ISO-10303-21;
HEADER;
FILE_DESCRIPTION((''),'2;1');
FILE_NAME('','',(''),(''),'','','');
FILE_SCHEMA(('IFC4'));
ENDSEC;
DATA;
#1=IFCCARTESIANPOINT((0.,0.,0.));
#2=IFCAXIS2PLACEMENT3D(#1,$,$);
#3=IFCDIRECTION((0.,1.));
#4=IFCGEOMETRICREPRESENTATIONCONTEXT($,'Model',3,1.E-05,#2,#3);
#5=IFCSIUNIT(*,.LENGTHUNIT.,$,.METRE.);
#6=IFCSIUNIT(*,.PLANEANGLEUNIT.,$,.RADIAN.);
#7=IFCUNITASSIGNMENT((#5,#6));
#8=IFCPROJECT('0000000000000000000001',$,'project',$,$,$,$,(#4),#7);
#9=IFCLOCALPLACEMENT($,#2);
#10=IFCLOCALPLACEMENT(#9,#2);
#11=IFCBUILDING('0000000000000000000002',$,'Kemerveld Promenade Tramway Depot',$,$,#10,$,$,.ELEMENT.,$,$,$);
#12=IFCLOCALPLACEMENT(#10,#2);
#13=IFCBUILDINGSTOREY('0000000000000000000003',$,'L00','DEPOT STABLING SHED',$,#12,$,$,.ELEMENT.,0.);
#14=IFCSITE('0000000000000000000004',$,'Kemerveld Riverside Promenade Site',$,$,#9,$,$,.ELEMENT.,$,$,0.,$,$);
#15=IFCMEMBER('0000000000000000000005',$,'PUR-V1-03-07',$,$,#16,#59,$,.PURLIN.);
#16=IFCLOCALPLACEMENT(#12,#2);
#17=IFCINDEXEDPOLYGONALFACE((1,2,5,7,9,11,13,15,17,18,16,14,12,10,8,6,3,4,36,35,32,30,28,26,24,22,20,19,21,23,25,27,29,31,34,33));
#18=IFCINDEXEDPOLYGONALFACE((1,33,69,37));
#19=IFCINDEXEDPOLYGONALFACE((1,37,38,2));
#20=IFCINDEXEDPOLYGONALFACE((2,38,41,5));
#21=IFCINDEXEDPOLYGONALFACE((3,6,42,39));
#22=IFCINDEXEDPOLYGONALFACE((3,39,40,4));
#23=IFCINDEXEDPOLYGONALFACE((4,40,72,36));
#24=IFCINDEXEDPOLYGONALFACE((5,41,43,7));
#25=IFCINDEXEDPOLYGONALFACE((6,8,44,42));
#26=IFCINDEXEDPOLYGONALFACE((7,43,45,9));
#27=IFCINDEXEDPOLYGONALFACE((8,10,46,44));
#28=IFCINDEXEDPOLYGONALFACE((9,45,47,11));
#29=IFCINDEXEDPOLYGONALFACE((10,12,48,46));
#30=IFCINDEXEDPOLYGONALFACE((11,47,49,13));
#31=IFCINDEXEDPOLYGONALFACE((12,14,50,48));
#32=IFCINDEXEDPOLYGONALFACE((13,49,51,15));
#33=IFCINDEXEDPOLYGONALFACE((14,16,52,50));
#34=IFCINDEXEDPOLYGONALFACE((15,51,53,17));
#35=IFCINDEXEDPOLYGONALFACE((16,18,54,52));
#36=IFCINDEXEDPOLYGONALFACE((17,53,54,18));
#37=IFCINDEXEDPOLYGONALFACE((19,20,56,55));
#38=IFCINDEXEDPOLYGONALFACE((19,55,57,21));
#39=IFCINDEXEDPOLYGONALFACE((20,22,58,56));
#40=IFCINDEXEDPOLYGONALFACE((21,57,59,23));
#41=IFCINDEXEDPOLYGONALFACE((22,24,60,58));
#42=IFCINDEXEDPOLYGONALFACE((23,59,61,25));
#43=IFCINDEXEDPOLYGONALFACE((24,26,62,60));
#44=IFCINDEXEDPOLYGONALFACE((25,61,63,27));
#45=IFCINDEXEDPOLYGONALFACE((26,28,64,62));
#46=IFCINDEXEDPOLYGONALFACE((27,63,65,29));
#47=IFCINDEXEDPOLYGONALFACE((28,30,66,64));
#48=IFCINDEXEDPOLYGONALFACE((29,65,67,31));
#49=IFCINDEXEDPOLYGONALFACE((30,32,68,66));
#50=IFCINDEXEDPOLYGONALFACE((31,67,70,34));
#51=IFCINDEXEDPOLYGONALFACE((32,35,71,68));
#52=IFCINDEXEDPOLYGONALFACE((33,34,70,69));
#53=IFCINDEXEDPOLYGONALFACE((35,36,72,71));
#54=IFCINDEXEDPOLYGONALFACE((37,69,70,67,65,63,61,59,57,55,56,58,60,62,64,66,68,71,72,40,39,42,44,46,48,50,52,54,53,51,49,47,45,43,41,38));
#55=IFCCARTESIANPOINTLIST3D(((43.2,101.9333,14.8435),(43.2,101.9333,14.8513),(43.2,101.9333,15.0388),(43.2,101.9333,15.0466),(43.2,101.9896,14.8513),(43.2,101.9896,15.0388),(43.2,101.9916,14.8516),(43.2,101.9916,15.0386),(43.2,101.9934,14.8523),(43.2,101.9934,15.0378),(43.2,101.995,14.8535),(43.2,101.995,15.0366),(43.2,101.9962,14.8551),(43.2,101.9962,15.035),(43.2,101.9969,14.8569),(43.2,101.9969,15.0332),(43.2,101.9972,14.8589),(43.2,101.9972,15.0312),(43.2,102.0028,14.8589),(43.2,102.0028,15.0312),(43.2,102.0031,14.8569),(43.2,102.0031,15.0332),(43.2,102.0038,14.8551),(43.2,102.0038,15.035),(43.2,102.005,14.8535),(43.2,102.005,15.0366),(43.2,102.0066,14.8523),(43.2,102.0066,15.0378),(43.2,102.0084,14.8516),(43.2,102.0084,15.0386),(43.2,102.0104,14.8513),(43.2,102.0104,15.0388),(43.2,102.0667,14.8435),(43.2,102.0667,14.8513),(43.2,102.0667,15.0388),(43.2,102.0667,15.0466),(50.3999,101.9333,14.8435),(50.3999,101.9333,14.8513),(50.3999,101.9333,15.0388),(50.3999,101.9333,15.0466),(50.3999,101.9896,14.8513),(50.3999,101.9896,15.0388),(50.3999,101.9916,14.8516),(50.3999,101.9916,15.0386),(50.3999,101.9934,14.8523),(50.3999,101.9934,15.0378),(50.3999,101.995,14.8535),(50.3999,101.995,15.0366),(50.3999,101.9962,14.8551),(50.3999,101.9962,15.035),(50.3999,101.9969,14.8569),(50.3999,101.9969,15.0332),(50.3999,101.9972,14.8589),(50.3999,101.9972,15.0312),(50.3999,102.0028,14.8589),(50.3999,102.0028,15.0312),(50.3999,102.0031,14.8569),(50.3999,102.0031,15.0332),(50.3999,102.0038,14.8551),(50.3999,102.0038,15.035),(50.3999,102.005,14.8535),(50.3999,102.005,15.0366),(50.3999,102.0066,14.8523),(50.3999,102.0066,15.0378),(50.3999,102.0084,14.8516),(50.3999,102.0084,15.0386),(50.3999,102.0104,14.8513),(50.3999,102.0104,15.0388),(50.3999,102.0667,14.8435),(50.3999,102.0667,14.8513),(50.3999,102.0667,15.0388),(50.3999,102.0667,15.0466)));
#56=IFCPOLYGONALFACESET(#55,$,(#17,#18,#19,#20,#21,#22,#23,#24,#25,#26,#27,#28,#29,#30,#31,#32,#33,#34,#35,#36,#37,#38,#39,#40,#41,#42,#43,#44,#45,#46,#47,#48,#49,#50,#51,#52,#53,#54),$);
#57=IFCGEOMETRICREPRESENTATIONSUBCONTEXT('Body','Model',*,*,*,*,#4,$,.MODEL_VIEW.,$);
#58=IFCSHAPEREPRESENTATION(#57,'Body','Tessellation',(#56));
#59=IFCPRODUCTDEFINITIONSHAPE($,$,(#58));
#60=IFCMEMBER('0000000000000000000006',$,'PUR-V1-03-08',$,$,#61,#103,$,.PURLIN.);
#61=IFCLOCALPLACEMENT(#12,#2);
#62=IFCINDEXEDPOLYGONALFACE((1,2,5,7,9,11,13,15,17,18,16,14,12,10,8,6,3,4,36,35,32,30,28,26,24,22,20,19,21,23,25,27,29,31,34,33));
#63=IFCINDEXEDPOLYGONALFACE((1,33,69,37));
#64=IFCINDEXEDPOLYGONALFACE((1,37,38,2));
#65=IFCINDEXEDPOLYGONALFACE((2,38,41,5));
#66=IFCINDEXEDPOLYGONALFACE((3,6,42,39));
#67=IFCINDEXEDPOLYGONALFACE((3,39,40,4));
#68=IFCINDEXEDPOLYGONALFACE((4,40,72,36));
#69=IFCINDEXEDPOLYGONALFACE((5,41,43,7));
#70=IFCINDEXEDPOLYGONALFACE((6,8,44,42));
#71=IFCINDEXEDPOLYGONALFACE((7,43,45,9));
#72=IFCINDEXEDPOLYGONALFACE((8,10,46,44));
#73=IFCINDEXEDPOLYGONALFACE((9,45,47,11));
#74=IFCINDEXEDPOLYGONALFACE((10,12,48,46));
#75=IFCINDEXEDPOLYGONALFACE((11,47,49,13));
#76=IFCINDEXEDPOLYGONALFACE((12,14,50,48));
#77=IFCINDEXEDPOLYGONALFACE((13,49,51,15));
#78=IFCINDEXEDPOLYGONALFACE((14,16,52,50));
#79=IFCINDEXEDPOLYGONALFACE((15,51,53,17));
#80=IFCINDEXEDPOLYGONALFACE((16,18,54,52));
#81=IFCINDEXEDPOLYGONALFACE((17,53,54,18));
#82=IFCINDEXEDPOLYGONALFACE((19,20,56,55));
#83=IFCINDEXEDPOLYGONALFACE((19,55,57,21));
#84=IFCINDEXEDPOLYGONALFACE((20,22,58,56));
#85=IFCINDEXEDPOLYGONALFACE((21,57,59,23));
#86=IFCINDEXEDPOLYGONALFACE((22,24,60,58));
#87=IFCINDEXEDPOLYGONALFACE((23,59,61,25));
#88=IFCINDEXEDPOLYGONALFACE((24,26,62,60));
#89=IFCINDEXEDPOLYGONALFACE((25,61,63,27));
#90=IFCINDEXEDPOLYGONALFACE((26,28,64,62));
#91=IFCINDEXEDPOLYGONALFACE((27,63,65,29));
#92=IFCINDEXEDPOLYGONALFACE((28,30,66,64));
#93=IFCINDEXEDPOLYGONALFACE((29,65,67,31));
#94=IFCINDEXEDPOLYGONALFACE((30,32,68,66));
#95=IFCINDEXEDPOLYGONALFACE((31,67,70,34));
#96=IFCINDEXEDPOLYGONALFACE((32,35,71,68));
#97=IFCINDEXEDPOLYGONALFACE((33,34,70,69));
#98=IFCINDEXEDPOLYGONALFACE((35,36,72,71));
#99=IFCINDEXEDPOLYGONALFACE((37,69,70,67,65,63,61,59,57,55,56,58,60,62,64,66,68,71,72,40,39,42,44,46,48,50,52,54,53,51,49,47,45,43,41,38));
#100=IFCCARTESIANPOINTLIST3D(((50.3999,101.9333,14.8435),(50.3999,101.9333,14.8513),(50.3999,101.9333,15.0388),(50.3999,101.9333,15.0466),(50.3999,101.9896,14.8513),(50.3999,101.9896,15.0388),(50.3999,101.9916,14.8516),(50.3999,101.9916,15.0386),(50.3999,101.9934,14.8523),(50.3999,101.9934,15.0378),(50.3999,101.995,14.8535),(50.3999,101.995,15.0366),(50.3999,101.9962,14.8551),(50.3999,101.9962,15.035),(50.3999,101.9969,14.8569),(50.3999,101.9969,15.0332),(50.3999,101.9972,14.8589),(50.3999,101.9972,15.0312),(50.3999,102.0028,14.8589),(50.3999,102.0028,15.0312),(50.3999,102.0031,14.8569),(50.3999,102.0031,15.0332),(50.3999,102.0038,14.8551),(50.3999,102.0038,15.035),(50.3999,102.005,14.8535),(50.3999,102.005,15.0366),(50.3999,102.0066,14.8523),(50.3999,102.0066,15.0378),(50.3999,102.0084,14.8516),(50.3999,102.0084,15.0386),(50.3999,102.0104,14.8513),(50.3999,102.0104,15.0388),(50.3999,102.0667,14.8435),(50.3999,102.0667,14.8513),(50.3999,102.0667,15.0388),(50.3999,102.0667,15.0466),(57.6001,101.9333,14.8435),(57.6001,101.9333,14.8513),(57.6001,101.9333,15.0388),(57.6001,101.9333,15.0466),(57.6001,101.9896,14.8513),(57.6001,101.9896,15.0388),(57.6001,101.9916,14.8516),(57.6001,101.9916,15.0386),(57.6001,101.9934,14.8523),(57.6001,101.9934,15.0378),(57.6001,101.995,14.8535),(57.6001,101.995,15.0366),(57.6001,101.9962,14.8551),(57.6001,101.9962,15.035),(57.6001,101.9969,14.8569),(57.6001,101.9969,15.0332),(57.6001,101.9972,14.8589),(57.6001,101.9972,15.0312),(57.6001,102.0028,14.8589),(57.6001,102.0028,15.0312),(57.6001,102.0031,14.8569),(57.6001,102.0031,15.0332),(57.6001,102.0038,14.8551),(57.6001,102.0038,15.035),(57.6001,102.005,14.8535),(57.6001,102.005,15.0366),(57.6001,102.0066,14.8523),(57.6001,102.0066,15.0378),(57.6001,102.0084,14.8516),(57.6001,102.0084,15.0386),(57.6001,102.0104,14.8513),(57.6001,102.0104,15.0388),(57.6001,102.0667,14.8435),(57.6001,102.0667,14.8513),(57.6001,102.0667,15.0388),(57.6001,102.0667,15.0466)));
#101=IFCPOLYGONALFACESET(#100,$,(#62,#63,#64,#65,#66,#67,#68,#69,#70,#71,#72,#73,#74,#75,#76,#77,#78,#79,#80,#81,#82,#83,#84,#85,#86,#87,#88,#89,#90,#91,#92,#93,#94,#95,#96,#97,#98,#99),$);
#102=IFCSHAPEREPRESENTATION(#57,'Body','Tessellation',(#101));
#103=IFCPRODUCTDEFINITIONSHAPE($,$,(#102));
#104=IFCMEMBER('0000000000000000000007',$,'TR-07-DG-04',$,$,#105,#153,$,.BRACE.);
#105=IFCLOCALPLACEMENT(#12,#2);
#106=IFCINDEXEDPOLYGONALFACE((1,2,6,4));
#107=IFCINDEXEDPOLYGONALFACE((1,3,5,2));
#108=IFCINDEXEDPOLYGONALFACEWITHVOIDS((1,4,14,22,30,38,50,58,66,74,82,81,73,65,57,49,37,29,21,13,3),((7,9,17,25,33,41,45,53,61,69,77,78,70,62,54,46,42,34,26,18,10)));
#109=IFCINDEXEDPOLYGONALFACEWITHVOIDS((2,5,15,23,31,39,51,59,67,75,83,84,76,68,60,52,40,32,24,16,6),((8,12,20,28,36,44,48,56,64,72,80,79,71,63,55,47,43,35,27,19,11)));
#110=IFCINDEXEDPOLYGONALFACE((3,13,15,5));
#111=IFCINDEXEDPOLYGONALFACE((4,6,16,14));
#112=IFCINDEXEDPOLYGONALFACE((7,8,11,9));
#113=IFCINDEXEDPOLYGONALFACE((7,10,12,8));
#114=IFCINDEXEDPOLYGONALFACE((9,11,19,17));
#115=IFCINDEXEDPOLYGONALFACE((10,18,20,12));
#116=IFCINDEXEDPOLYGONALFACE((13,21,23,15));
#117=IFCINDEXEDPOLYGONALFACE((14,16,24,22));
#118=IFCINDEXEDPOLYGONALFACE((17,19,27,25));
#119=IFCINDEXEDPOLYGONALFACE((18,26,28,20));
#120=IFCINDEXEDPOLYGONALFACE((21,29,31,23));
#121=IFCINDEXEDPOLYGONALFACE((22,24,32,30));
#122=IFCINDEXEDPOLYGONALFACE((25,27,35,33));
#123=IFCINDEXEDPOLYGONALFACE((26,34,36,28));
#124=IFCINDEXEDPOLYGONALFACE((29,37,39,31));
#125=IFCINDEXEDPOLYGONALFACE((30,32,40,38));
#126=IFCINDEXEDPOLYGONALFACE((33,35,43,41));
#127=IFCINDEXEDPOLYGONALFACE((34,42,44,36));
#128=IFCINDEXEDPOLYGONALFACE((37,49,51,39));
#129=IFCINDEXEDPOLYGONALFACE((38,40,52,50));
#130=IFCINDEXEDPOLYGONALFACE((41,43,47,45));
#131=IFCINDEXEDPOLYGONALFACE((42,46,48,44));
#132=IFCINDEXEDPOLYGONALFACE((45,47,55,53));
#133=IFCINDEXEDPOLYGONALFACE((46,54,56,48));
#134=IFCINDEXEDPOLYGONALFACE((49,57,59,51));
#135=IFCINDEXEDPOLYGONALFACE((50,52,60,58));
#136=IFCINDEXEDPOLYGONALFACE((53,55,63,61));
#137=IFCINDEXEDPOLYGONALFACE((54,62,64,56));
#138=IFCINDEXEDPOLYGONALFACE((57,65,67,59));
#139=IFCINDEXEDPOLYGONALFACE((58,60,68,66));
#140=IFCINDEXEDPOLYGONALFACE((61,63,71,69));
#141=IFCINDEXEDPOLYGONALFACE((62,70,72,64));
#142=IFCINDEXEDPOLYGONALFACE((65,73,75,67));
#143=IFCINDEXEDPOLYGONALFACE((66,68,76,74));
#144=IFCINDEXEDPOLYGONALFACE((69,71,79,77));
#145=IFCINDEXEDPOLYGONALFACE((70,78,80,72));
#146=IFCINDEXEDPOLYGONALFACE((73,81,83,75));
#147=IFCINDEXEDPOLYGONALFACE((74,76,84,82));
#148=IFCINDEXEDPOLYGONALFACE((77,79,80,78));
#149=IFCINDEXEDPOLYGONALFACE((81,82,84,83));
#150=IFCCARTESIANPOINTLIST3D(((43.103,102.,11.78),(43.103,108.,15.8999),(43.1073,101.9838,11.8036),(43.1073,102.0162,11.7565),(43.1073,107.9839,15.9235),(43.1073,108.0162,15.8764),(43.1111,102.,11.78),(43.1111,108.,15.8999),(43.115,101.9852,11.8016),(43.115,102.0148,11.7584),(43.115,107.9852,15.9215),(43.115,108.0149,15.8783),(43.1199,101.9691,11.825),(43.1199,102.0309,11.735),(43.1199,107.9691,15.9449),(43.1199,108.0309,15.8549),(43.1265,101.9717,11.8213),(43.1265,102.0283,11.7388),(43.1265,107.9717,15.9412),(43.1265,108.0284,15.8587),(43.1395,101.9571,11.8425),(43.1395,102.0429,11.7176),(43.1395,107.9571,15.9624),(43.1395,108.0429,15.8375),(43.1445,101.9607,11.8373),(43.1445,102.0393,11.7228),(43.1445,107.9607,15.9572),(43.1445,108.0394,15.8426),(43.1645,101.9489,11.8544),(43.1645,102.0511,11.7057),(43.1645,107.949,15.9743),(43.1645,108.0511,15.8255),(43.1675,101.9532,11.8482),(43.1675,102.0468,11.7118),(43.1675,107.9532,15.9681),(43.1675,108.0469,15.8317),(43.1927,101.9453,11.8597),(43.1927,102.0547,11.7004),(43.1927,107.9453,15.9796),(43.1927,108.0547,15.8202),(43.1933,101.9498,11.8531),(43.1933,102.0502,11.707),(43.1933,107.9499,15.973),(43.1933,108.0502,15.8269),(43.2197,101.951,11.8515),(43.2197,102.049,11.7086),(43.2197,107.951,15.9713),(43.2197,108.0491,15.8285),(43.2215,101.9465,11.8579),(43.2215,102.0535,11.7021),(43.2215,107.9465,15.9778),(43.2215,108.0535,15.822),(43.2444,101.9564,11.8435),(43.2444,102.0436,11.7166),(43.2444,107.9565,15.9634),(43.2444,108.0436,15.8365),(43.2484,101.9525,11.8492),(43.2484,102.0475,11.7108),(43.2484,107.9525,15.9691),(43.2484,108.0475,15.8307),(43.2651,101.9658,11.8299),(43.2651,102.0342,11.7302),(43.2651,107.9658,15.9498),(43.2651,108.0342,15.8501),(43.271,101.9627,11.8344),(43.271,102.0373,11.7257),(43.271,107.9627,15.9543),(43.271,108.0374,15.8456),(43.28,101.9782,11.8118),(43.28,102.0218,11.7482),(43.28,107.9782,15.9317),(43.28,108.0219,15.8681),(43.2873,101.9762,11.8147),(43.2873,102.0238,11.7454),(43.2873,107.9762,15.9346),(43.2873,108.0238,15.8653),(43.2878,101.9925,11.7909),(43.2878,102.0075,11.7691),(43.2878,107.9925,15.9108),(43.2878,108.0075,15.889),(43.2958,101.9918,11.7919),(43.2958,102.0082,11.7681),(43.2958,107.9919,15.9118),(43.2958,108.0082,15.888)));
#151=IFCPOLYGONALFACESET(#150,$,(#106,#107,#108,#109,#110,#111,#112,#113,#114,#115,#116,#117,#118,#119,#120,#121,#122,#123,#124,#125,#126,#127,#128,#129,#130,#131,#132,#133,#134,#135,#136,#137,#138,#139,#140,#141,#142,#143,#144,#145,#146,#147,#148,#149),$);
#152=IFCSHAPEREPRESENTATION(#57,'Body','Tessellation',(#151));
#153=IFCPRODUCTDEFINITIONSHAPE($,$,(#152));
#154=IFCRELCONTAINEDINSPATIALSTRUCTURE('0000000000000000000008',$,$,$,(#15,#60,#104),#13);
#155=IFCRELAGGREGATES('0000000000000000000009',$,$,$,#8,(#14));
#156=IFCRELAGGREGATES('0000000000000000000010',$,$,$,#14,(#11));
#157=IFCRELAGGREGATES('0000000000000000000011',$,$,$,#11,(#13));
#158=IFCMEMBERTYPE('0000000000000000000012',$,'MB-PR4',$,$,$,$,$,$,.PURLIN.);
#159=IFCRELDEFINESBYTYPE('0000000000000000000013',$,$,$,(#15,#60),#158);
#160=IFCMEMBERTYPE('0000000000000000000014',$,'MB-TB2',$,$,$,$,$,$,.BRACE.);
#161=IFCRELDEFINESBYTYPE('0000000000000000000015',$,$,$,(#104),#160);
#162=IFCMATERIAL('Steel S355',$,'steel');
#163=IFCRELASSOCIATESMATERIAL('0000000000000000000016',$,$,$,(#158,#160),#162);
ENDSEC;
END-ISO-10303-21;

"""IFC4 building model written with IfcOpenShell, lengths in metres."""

from ifc_helpers import new_model, si_unit, direction, frame, origin, origin_2d, place, context, subcontext, project, spatial, hollow_circle, i_section, extrude, material, material_profile, profile_set, type_object, element, save


model = new_model("IFC4")

# Units and contexts
model_context = context("Model", 3, precision=1e-05, world=origin(), true_north=direction((0.0, 1.0)))
body_context = subcontext(model_context, "Body", "Model", "MODEL_VIEW")
ifc_project = project(units=[si_unit("LENGTHUNIT", "METRE"), si_unit("PLANEANGLEUNIT", "RADIAN")], contexts=[model_context])

# Site, building, storey
site_placement = place(None, origin())
site = spatial("IfcSite", under=ifc_project, at=site_placement, Name="Kemerveld Riverside Promenade Site", CompositionType="ELEMENT", RefElevation=0.0)
building_placement = place(site_placement, origin())
building = spatial("IfcBuilding", under=site, at=building_placement, Name="Kemerveld Promenade Tramway Depot", CompositionType="ELEMENT")
storey_placement = place(building_placement, origin())
storey = spatial("IfcBuildingStorey", under=building, at=storey_placement, Name="L00", Description="DEPOT STABLING SHED", CompositionType="ELEMENT", Elevation=0.0)

# Members
ifc_material = material(Name="Steel S355", Category="steel")
ifc_material_profile_1 = material_profile(ifc_material, i_section(OverallWidth=0.1333, OverallDepth=0.2031, WebThickness=0.0056, FlangeThickness=0.0078, FilletRadius=0.0076, at=origin_2d()), Name="203x133x25 UB")
ifc_profile_set_1 = profile_set([ifc_material_profile_1], Name="Steel S355")
member_type_1 = type_object("IfcMemberType", Name="MB-PR4", PredefinedType="PURLIN", material=ifc_profile_set_1)
member_1_placement = place(storey_placement, frame((43.2, 102.0, 14.9451), z_axis=(1.0, 0.0, 0.0), x_axis=(0.0, 1.0, 0.0)))
element("IfcMember", 1, at=member_1_placement, inside=storey, type_object=member_type_1, Name="PUR-V1-03-07", PredefinedType="PURLIN", context=body_context, shape_type="SweptSolid", body=[
    extrude(i_section(OverallWidth=0.1333, OverallDepth=0.2031, WebThickness=0.0056, FlangeThickness=0.0078, FilletRadius=0.0076, at=origin_2d()), origin(), (0.0, 0.0, 1.0), 7.2),
])
member_2_placement = place(storey_placement, frame((50.3999, 102.0, 14.9451), z_axis=(1.0, 0.0, 0.0), x_axis=(0.0, 1.0, 0.0)))
element("IfcMember", 2, at=member_2_placement, inside=storey, type_object=member_type_1, Name="PUR-V1-03-08", PredefinedType="PURLIN", context=body_context, shape_type="SweptSolid", body=[
    extrude(i_section(OverallWidth=0.1333, OverallDepth=0.2031, WebThickness=0.0056, FlangeThickness=0.0078, FilletRadius=0.0076, at=origin_2d()), origin(), (0.0, 0.0, 1.0), 7.2002),
])
ifc_material_profile_2 = material_profile(ifc_material, hollow_circle(Radius=0.0969, WallThickness=0.0081, at=origin_2d()), Name="193.7x8.0 CHS")
ifc_profile_set_2 = profile_set([ifc_material_profile_2], Name="Steel S355")
member_type_2 = type_object("IfcMemberType", Name="MB-TB2", PredefinedType="BRACE", material=ifc_profile_set_2)
member_3_placement = place(storey_placement, frame((43.2, 102.0, 11.78), z_axis=(0.0, 0.824371, 0.56605), x_axis=(-1.0, 0.0, 0.0)))
element("IfcMember", 3, at=member_3_placement, inside=storey, type_object=member_type_2, Name="TR-07-DG-04", PredefinedType="BRACE", context=body_context, shape_type="SweptSolid", body=[
    extrude(hollow_circle(Radius=0.0969, WallThickness=0.0081, at=origin_2d()), origin(), (0.0, 0.0, 1.0), 7.2783),
])

save(model, "model.ifc")
